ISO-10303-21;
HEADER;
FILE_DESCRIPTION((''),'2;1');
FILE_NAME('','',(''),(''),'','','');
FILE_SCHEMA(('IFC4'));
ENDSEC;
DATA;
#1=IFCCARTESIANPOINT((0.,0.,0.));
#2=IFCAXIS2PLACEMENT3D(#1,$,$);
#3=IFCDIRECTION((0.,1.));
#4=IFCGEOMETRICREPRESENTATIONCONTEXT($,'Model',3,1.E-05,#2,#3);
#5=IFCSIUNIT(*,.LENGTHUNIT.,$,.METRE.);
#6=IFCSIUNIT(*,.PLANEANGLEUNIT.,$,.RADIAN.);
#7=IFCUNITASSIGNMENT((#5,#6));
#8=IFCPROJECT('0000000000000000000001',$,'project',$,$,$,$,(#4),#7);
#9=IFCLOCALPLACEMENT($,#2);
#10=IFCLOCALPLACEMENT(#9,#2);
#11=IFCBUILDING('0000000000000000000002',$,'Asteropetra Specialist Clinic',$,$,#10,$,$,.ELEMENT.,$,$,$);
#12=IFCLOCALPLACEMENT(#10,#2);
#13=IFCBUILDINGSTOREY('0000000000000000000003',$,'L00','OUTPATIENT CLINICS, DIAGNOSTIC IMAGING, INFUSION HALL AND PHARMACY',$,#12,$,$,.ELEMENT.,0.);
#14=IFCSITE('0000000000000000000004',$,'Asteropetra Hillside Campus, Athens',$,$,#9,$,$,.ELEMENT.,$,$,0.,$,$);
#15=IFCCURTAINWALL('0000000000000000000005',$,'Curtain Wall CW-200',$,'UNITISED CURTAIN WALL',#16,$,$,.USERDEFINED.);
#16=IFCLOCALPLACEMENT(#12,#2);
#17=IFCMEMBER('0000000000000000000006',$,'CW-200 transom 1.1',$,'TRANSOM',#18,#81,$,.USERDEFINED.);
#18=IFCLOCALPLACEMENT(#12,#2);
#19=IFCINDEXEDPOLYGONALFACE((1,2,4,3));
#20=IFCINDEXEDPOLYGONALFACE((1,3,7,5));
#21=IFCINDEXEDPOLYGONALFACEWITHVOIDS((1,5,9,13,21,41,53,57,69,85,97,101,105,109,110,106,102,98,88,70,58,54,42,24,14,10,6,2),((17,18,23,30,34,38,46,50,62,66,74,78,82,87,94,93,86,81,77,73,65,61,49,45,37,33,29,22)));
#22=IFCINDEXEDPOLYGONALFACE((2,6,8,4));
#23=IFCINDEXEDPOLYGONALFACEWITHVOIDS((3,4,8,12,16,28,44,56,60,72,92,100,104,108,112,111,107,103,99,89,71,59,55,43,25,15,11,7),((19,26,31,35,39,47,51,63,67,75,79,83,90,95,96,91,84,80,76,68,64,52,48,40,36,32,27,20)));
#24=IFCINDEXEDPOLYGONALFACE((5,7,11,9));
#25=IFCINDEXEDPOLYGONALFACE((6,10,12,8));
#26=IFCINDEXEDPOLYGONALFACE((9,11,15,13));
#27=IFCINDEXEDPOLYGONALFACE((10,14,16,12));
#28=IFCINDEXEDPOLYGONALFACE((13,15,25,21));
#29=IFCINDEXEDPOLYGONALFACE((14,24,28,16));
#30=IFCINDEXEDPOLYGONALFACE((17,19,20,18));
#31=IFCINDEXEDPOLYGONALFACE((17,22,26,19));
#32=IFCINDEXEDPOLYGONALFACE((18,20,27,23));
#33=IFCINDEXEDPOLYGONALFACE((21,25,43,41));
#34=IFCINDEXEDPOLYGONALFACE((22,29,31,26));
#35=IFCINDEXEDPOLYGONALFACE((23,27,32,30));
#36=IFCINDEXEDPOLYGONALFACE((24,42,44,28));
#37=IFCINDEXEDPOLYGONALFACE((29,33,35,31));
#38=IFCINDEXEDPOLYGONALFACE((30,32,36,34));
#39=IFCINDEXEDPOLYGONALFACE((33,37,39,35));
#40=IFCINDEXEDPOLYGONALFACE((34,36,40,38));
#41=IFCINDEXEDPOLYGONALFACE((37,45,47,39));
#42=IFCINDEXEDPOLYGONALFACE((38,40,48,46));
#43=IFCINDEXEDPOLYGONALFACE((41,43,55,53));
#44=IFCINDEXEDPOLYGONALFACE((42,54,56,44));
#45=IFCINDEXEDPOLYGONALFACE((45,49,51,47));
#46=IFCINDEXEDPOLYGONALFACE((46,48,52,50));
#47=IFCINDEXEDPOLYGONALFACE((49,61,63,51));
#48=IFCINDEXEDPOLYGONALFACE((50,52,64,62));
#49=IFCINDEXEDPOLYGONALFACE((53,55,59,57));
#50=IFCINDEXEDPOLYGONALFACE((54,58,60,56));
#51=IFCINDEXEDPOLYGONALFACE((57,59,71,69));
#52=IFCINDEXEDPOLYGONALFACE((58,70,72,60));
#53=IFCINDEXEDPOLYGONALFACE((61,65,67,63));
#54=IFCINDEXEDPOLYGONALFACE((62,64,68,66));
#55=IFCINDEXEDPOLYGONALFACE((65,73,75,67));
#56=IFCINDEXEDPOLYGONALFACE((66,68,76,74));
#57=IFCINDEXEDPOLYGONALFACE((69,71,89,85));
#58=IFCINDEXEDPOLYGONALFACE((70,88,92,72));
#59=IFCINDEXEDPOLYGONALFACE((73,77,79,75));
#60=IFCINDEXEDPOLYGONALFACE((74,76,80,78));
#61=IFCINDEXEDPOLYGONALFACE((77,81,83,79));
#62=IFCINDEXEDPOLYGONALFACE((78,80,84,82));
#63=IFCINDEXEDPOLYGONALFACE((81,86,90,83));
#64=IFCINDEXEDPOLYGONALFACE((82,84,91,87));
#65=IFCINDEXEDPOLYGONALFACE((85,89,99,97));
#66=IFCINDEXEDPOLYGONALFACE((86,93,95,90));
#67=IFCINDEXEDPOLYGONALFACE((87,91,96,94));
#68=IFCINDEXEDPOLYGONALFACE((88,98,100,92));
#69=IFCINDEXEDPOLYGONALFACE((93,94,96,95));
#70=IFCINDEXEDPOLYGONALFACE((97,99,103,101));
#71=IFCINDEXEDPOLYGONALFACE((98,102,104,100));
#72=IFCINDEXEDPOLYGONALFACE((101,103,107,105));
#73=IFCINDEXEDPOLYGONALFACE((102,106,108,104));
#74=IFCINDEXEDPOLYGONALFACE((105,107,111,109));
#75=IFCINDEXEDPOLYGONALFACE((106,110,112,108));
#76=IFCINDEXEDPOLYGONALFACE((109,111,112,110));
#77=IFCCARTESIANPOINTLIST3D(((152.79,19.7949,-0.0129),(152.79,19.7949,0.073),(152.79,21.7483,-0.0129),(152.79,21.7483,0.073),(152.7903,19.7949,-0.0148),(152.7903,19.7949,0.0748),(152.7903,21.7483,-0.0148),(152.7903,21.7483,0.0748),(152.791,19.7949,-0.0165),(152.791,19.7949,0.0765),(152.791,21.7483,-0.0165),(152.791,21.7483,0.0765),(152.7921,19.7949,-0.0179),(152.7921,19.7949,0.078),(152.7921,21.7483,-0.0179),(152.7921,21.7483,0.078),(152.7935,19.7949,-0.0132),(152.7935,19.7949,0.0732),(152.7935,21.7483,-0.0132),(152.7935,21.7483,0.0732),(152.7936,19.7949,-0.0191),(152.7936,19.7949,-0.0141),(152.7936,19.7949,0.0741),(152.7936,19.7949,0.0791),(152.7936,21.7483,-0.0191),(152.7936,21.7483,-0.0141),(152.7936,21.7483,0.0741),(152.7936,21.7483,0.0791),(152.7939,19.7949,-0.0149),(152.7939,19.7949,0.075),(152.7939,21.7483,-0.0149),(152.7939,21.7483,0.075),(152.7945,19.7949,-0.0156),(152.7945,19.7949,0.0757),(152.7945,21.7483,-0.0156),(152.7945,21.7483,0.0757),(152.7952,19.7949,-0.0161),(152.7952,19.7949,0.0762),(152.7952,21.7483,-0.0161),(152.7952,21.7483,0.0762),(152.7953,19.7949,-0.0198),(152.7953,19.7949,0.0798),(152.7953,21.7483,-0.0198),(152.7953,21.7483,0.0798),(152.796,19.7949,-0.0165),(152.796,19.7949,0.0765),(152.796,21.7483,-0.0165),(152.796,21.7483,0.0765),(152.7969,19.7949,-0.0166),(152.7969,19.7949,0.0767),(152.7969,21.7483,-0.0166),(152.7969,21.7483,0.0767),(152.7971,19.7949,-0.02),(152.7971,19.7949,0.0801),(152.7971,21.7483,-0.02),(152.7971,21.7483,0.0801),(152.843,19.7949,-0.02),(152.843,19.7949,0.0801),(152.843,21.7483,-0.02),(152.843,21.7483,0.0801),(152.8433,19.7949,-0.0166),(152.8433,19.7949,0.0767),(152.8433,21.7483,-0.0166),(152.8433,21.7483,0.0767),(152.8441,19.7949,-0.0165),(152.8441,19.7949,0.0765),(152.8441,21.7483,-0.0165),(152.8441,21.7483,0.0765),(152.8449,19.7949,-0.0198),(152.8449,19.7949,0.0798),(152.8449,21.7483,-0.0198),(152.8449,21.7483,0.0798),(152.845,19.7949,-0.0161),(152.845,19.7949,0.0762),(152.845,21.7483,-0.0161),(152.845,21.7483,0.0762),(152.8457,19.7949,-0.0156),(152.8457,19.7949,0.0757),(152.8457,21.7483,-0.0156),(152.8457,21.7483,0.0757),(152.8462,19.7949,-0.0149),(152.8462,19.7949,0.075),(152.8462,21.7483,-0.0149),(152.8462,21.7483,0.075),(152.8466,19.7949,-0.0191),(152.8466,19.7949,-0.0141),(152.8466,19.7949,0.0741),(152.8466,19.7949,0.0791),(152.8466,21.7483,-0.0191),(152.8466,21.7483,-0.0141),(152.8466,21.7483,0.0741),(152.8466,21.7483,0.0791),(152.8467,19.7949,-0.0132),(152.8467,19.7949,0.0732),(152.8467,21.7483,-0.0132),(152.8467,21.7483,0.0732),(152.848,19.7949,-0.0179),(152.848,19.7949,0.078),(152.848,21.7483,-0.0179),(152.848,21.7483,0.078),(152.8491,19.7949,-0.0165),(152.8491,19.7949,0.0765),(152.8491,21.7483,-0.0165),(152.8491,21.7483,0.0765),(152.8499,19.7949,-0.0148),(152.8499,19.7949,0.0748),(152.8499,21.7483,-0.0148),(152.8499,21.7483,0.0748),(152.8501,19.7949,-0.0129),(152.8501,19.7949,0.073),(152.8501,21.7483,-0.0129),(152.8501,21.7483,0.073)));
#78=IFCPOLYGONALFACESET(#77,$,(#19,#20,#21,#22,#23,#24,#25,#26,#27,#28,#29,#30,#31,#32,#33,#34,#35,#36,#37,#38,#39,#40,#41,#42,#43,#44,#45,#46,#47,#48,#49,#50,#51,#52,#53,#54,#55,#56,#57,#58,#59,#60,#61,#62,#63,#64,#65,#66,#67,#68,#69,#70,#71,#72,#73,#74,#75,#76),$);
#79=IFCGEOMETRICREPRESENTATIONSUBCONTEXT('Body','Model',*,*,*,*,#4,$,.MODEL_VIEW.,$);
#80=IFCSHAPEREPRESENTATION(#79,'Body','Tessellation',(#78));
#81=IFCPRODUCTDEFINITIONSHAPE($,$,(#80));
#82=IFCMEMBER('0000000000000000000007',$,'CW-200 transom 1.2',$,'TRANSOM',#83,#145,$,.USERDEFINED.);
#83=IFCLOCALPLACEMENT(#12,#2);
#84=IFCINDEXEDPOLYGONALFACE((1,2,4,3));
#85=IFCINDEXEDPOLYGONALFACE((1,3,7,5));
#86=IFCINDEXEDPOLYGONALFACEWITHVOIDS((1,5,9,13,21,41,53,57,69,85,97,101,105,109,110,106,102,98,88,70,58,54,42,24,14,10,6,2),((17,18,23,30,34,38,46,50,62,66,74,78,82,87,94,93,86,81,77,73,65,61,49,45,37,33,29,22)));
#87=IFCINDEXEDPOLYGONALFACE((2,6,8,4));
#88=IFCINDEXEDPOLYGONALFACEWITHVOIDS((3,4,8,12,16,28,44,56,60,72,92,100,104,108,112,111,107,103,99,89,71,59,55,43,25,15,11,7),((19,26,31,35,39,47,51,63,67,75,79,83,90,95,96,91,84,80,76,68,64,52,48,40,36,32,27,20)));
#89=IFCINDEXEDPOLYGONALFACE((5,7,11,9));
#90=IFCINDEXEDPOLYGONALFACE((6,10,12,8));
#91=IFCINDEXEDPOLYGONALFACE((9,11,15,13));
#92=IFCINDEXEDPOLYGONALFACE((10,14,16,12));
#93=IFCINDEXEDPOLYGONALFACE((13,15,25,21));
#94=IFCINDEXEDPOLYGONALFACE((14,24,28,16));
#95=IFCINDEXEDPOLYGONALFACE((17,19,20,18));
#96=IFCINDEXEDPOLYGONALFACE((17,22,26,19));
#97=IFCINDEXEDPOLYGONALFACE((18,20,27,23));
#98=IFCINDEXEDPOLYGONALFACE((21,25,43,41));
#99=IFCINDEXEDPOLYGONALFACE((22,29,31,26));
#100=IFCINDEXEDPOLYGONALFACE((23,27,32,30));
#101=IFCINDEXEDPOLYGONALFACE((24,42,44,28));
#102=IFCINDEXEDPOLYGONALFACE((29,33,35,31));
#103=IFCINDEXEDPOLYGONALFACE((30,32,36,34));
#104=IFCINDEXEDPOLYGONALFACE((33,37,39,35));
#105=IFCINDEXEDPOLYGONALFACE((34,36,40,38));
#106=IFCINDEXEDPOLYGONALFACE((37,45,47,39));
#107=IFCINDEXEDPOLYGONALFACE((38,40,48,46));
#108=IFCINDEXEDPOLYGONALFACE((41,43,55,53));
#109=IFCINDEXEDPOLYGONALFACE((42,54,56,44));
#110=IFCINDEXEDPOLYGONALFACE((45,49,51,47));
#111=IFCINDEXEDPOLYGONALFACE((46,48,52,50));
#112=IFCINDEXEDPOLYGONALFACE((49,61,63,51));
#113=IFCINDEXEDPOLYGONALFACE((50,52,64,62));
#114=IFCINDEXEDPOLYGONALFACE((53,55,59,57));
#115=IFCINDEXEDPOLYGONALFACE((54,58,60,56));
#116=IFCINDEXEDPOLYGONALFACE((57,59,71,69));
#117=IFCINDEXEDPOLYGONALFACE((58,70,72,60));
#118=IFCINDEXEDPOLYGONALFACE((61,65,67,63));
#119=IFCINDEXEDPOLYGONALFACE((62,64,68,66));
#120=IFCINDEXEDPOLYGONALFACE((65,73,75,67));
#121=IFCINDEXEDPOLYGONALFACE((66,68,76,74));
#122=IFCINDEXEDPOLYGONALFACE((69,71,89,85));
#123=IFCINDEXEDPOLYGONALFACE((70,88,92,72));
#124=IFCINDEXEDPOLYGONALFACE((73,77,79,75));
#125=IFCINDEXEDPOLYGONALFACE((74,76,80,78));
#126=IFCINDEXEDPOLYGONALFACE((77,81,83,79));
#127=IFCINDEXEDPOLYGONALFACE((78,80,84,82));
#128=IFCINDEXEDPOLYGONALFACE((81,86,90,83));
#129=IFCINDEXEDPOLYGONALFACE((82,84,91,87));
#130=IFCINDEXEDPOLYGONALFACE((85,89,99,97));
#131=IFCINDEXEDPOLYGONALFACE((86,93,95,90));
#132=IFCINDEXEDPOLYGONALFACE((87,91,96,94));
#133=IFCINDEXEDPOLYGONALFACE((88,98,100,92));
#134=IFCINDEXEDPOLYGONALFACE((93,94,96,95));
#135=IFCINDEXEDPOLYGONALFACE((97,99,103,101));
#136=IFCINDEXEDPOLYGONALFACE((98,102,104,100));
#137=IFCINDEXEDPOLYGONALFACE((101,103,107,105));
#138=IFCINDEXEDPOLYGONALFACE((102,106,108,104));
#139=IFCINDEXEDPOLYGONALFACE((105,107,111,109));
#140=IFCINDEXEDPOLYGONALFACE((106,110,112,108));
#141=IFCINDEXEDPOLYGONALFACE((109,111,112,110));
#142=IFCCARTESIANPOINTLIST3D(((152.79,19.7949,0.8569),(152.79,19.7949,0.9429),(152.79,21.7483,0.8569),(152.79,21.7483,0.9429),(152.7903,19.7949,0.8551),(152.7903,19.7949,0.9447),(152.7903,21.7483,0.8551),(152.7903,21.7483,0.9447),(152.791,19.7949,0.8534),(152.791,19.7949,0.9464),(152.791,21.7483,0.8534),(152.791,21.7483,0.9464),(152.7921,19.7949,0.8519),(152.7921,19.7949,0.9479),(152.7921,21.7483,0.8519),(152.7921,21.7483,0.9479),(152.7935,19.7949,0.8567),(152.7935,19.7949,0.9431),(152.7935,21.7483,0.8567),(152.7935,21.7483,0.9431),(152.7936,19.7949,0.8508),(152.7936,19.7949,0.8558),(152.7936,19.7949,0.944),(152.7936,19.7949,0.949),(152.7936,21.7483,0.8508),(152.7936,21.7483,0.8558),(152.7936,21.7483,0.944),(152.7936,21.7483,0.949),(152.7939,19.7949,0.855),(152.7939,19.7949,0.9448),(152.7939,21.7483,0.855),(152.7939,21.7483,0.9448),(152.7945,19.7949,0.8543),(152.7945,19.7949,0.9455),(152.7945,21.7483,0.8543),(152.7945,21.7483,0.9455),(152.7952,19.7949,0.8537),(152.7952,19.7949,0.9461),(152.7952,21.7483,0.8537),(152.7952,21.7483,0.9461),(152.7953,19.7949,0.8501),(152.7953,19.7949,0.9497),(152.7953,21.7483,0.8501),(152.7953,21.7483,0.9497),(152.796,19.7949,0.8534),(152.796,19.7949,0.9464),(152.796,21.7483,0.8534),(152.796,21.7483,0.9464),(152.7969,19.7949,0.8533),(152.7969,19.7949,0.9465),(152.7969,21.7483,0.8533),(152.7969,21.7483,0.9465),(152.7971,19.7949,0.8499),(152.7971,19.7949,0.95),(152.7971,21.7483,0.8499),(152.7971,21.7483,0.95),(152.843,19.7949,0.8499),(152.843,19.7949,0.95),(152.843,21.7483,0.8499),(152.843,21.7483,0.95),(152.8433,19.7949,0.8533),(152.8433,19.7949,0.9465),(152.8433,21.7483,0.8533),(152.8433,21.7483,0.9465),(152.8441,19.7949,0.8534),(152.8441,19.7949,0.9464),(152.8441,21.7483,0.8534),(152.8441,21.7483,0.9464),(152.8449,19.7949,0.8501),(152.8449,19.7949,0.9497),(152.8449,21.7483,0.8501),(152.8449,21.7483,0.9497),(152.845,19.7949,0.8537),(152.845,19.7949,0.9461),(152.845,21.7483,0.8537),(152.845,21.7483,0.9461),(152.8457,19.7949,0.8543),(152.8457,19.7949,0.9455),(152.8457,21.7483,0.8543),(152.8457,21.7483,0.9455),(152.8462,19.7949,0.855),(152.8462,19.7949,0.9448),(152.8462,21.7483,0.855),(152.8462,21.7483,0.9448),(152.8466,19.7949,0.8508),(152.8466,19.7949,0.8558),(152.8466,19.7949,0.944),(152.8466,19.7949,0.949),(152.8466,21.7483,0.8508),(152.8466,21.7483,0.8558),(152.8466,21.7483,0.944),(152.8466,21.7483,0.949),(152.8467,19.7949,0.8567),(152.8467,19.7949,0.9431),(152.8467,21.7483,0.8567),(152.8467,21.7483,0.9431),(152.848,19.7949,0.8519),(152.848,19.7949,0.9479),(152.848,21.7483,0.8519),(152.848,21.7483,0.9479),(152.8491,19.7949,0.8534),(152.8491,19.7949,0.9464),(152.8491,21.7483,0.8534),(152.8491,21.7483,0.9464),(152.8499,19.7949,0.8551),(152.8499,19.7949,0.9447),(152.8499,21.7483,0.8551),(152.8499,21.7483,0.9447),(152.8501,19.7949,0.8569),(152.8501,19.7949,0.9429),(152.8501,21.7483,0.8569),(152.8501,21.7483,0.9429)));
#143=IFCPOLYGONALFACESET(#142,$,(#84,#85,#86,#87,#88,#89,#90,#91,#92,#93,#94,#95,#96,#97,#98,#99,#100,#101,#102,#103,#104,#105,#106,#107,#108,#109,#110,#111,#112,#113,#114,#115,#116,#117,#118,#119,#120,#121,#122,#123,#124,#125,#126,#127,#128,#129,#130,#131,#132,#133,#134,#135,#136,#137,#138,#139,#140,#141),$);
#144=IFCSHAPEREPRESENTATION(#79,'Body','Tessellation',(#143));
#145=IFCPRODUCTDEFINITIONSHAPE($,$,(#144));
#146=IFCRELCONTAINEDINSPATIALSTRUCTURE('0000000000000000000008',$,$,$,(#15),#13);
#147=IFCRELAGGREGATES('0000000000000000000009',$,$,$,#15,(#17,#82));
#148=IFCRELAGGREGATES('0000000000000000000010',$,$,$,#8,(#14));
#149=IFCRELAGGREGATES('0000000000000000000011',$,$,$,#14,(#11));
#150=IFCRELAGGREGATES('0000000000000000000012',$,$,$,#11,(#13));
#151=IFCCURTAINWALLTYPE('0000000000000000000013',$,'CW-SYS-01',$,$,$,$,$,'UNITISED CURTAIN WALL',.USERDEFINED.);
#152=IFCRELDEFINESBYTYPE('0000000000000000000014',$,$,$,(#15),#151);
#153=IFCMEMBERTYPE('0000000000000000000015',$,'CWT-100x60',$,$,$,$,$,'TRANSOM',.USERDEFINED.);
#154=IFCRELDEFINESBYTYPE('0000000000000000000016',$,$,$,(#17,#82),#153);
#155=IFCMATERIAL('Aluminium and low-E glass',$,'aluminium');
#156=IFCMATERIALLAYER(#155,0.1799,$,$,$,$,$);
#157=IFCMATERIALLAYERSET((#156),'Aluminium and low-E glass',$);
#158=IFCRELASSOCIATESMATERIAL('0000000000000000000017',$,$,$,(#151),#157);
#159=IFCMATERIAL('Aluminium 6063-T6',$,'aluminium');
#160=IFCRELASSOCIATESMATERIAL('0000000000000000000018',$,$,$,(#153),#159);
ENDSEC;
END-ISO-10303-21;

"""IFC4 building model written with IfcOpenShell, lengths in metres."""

from ifc_helpers import new_model, si_unit, direction, frame, origin, origin_2d, place, context, subcontext, project, spatial, hollow_rectangle, extrude, material, layer, layer_set, material_profile, profile_set, type_object, element, aggregate, save


model = new_model("IFC4")

# Units and contexts
model_context = context("Model", 3, precision=1e-05, world=origin(), true_north=direction((0.0, 1.0)))
body_context = subcontext(model_context, "Body", "Model", "MODEL_VIEW")
ifc_project = project(units=[si_unit("LENGTHUNIT", "METRE"), si_unit("PLANEANGLEUNIT", "RADIAN")], contexts=[model_context])

# Site, building, storey
site_placement = place(None, origin())
site = spatial("IfcSite", under=ifc_project, at=site_placement, Name="Asteropetra Hillside Campus, Athens", CompositionType="ELEMENT", RefElevation=0.0)
building_placement = place(site_placement, origin())
building = spatial("IfcBuilding", under=site, at=building_placement, Name="Asteropetra Specialist Clinic", CompositionType="ELEMENT")
storey_placement = place(building_placement, origin())
storey = spatial("IfcBuildingStorey", under=building, at=storey_placement, Name="L00", Description="OUTPATIENT CLINICS, DIAGNOSTIC IMAGING, INFUSION HALL AND PHARMACY", CompositionType="ELEMENT", Elevation=0.0)

# Curtain wall
ifc_material_1 = material(Name="Aluminium and low-E glass", Category="aluminium")
ifc_layer_1 = layer(ifc_material_1, 0.1799)
ifc_layer_set_1 = layer_set([ifc_layer_1], Name="Aluminium and low-E glass")
curtain_wall_type_1 = type_object("IfcCurtainWallType", Name="CW-SYS-01", ElementType="UNITISED CURTAIN WALL", PredefinedType="USERDEFINED", material=ifc_layer_set_1)
curtain_wall_1_placement = place(storey_placement, origin())
curtain_wall_1 = element("IfcCurtainWall", 1, at=curtain_wall_1_placement, inside=storey, type_object=curtain_wall_type_1, Name="Curtain Wall CW-200", ObjectType="UNITISED CURTAIN WALL", PredefinedType="USERDEFINED")

# Members
ifc_material_2 = material(Name="Aluminium 6063-T6", Category="aluminium")
ifc_material_profile_1 = material_profile(ifc_material_2, hollow_rectangle(XDim=0.0601, YDim=0.1001, WallThickness=0.0034, InnerFilletRadius=0.0034, OuterFilletRadius=0.0071, at=origin_2d()), Name="TRN 100x60x3.5")
ifc_profile_set_1 = profile_set([ifc_material_profile_1], Name="Aluminium 6063-T6")
member_type_1 = type_object("IfcMemberType", Name="CWT-100x60", ElementType="TRANSOM", PredefinedType="USERDEFINED", material=ifc_profile_set_1)
member_1_placement = place(storey_placement, frame((152.8201, 19.7949, 0.03), z_axis=(0.0, 1.0, 0.0), x_axis=(-1.0, 0.0, 0.0)))
member_1 = element("IfcMember", 2, at=member_1_placement, type_object=member_type_1, Name="CW-200 transom 1.1", ObjectType="TRANSOM", PredefinedType="USERDEFINED", context=body_context, shape_type="SweptSolid", body=[
    extrude(hollow_rectangle(XDim=0.0601, YDim=0.1001, WallThickness=0.0034, InnerFilletRadius=0.0034, OuterFilletRadius=0.0071, at=origin_2d()), origin(), (0.0, 0.0, 1.0), 1.9534),
])
member_2_placement = place(storey_placement, frame((152.8201, 19.7949, 0.8999), z_axis=(0.0, 1.0, 0.0), x_axis=(-1.0, 0.0, 0.0)))
member_2 = element("IfcMember", 3, at=member_2_placement, type_object=member_type_1, Name="CW-200 transom 1.2", ObjectType="TRANSOM", PredefinedType="USERDEFINED", context=body_context, shape_type="SweptSolid", body=[
    extrude(hollow_rectangle(XDim=0.0601, YDim=0.1001, WallThickness=0.0034, InnerFilletRadius=0.0034, OuterFilletRadius=0.0071, at=origin_2d()), origin(), (0.0, 0.0, 1.0), 1.9534),
])

aggregate(curtain_wall_1, [member_1, member_2])

save(model, "model.ifc")
